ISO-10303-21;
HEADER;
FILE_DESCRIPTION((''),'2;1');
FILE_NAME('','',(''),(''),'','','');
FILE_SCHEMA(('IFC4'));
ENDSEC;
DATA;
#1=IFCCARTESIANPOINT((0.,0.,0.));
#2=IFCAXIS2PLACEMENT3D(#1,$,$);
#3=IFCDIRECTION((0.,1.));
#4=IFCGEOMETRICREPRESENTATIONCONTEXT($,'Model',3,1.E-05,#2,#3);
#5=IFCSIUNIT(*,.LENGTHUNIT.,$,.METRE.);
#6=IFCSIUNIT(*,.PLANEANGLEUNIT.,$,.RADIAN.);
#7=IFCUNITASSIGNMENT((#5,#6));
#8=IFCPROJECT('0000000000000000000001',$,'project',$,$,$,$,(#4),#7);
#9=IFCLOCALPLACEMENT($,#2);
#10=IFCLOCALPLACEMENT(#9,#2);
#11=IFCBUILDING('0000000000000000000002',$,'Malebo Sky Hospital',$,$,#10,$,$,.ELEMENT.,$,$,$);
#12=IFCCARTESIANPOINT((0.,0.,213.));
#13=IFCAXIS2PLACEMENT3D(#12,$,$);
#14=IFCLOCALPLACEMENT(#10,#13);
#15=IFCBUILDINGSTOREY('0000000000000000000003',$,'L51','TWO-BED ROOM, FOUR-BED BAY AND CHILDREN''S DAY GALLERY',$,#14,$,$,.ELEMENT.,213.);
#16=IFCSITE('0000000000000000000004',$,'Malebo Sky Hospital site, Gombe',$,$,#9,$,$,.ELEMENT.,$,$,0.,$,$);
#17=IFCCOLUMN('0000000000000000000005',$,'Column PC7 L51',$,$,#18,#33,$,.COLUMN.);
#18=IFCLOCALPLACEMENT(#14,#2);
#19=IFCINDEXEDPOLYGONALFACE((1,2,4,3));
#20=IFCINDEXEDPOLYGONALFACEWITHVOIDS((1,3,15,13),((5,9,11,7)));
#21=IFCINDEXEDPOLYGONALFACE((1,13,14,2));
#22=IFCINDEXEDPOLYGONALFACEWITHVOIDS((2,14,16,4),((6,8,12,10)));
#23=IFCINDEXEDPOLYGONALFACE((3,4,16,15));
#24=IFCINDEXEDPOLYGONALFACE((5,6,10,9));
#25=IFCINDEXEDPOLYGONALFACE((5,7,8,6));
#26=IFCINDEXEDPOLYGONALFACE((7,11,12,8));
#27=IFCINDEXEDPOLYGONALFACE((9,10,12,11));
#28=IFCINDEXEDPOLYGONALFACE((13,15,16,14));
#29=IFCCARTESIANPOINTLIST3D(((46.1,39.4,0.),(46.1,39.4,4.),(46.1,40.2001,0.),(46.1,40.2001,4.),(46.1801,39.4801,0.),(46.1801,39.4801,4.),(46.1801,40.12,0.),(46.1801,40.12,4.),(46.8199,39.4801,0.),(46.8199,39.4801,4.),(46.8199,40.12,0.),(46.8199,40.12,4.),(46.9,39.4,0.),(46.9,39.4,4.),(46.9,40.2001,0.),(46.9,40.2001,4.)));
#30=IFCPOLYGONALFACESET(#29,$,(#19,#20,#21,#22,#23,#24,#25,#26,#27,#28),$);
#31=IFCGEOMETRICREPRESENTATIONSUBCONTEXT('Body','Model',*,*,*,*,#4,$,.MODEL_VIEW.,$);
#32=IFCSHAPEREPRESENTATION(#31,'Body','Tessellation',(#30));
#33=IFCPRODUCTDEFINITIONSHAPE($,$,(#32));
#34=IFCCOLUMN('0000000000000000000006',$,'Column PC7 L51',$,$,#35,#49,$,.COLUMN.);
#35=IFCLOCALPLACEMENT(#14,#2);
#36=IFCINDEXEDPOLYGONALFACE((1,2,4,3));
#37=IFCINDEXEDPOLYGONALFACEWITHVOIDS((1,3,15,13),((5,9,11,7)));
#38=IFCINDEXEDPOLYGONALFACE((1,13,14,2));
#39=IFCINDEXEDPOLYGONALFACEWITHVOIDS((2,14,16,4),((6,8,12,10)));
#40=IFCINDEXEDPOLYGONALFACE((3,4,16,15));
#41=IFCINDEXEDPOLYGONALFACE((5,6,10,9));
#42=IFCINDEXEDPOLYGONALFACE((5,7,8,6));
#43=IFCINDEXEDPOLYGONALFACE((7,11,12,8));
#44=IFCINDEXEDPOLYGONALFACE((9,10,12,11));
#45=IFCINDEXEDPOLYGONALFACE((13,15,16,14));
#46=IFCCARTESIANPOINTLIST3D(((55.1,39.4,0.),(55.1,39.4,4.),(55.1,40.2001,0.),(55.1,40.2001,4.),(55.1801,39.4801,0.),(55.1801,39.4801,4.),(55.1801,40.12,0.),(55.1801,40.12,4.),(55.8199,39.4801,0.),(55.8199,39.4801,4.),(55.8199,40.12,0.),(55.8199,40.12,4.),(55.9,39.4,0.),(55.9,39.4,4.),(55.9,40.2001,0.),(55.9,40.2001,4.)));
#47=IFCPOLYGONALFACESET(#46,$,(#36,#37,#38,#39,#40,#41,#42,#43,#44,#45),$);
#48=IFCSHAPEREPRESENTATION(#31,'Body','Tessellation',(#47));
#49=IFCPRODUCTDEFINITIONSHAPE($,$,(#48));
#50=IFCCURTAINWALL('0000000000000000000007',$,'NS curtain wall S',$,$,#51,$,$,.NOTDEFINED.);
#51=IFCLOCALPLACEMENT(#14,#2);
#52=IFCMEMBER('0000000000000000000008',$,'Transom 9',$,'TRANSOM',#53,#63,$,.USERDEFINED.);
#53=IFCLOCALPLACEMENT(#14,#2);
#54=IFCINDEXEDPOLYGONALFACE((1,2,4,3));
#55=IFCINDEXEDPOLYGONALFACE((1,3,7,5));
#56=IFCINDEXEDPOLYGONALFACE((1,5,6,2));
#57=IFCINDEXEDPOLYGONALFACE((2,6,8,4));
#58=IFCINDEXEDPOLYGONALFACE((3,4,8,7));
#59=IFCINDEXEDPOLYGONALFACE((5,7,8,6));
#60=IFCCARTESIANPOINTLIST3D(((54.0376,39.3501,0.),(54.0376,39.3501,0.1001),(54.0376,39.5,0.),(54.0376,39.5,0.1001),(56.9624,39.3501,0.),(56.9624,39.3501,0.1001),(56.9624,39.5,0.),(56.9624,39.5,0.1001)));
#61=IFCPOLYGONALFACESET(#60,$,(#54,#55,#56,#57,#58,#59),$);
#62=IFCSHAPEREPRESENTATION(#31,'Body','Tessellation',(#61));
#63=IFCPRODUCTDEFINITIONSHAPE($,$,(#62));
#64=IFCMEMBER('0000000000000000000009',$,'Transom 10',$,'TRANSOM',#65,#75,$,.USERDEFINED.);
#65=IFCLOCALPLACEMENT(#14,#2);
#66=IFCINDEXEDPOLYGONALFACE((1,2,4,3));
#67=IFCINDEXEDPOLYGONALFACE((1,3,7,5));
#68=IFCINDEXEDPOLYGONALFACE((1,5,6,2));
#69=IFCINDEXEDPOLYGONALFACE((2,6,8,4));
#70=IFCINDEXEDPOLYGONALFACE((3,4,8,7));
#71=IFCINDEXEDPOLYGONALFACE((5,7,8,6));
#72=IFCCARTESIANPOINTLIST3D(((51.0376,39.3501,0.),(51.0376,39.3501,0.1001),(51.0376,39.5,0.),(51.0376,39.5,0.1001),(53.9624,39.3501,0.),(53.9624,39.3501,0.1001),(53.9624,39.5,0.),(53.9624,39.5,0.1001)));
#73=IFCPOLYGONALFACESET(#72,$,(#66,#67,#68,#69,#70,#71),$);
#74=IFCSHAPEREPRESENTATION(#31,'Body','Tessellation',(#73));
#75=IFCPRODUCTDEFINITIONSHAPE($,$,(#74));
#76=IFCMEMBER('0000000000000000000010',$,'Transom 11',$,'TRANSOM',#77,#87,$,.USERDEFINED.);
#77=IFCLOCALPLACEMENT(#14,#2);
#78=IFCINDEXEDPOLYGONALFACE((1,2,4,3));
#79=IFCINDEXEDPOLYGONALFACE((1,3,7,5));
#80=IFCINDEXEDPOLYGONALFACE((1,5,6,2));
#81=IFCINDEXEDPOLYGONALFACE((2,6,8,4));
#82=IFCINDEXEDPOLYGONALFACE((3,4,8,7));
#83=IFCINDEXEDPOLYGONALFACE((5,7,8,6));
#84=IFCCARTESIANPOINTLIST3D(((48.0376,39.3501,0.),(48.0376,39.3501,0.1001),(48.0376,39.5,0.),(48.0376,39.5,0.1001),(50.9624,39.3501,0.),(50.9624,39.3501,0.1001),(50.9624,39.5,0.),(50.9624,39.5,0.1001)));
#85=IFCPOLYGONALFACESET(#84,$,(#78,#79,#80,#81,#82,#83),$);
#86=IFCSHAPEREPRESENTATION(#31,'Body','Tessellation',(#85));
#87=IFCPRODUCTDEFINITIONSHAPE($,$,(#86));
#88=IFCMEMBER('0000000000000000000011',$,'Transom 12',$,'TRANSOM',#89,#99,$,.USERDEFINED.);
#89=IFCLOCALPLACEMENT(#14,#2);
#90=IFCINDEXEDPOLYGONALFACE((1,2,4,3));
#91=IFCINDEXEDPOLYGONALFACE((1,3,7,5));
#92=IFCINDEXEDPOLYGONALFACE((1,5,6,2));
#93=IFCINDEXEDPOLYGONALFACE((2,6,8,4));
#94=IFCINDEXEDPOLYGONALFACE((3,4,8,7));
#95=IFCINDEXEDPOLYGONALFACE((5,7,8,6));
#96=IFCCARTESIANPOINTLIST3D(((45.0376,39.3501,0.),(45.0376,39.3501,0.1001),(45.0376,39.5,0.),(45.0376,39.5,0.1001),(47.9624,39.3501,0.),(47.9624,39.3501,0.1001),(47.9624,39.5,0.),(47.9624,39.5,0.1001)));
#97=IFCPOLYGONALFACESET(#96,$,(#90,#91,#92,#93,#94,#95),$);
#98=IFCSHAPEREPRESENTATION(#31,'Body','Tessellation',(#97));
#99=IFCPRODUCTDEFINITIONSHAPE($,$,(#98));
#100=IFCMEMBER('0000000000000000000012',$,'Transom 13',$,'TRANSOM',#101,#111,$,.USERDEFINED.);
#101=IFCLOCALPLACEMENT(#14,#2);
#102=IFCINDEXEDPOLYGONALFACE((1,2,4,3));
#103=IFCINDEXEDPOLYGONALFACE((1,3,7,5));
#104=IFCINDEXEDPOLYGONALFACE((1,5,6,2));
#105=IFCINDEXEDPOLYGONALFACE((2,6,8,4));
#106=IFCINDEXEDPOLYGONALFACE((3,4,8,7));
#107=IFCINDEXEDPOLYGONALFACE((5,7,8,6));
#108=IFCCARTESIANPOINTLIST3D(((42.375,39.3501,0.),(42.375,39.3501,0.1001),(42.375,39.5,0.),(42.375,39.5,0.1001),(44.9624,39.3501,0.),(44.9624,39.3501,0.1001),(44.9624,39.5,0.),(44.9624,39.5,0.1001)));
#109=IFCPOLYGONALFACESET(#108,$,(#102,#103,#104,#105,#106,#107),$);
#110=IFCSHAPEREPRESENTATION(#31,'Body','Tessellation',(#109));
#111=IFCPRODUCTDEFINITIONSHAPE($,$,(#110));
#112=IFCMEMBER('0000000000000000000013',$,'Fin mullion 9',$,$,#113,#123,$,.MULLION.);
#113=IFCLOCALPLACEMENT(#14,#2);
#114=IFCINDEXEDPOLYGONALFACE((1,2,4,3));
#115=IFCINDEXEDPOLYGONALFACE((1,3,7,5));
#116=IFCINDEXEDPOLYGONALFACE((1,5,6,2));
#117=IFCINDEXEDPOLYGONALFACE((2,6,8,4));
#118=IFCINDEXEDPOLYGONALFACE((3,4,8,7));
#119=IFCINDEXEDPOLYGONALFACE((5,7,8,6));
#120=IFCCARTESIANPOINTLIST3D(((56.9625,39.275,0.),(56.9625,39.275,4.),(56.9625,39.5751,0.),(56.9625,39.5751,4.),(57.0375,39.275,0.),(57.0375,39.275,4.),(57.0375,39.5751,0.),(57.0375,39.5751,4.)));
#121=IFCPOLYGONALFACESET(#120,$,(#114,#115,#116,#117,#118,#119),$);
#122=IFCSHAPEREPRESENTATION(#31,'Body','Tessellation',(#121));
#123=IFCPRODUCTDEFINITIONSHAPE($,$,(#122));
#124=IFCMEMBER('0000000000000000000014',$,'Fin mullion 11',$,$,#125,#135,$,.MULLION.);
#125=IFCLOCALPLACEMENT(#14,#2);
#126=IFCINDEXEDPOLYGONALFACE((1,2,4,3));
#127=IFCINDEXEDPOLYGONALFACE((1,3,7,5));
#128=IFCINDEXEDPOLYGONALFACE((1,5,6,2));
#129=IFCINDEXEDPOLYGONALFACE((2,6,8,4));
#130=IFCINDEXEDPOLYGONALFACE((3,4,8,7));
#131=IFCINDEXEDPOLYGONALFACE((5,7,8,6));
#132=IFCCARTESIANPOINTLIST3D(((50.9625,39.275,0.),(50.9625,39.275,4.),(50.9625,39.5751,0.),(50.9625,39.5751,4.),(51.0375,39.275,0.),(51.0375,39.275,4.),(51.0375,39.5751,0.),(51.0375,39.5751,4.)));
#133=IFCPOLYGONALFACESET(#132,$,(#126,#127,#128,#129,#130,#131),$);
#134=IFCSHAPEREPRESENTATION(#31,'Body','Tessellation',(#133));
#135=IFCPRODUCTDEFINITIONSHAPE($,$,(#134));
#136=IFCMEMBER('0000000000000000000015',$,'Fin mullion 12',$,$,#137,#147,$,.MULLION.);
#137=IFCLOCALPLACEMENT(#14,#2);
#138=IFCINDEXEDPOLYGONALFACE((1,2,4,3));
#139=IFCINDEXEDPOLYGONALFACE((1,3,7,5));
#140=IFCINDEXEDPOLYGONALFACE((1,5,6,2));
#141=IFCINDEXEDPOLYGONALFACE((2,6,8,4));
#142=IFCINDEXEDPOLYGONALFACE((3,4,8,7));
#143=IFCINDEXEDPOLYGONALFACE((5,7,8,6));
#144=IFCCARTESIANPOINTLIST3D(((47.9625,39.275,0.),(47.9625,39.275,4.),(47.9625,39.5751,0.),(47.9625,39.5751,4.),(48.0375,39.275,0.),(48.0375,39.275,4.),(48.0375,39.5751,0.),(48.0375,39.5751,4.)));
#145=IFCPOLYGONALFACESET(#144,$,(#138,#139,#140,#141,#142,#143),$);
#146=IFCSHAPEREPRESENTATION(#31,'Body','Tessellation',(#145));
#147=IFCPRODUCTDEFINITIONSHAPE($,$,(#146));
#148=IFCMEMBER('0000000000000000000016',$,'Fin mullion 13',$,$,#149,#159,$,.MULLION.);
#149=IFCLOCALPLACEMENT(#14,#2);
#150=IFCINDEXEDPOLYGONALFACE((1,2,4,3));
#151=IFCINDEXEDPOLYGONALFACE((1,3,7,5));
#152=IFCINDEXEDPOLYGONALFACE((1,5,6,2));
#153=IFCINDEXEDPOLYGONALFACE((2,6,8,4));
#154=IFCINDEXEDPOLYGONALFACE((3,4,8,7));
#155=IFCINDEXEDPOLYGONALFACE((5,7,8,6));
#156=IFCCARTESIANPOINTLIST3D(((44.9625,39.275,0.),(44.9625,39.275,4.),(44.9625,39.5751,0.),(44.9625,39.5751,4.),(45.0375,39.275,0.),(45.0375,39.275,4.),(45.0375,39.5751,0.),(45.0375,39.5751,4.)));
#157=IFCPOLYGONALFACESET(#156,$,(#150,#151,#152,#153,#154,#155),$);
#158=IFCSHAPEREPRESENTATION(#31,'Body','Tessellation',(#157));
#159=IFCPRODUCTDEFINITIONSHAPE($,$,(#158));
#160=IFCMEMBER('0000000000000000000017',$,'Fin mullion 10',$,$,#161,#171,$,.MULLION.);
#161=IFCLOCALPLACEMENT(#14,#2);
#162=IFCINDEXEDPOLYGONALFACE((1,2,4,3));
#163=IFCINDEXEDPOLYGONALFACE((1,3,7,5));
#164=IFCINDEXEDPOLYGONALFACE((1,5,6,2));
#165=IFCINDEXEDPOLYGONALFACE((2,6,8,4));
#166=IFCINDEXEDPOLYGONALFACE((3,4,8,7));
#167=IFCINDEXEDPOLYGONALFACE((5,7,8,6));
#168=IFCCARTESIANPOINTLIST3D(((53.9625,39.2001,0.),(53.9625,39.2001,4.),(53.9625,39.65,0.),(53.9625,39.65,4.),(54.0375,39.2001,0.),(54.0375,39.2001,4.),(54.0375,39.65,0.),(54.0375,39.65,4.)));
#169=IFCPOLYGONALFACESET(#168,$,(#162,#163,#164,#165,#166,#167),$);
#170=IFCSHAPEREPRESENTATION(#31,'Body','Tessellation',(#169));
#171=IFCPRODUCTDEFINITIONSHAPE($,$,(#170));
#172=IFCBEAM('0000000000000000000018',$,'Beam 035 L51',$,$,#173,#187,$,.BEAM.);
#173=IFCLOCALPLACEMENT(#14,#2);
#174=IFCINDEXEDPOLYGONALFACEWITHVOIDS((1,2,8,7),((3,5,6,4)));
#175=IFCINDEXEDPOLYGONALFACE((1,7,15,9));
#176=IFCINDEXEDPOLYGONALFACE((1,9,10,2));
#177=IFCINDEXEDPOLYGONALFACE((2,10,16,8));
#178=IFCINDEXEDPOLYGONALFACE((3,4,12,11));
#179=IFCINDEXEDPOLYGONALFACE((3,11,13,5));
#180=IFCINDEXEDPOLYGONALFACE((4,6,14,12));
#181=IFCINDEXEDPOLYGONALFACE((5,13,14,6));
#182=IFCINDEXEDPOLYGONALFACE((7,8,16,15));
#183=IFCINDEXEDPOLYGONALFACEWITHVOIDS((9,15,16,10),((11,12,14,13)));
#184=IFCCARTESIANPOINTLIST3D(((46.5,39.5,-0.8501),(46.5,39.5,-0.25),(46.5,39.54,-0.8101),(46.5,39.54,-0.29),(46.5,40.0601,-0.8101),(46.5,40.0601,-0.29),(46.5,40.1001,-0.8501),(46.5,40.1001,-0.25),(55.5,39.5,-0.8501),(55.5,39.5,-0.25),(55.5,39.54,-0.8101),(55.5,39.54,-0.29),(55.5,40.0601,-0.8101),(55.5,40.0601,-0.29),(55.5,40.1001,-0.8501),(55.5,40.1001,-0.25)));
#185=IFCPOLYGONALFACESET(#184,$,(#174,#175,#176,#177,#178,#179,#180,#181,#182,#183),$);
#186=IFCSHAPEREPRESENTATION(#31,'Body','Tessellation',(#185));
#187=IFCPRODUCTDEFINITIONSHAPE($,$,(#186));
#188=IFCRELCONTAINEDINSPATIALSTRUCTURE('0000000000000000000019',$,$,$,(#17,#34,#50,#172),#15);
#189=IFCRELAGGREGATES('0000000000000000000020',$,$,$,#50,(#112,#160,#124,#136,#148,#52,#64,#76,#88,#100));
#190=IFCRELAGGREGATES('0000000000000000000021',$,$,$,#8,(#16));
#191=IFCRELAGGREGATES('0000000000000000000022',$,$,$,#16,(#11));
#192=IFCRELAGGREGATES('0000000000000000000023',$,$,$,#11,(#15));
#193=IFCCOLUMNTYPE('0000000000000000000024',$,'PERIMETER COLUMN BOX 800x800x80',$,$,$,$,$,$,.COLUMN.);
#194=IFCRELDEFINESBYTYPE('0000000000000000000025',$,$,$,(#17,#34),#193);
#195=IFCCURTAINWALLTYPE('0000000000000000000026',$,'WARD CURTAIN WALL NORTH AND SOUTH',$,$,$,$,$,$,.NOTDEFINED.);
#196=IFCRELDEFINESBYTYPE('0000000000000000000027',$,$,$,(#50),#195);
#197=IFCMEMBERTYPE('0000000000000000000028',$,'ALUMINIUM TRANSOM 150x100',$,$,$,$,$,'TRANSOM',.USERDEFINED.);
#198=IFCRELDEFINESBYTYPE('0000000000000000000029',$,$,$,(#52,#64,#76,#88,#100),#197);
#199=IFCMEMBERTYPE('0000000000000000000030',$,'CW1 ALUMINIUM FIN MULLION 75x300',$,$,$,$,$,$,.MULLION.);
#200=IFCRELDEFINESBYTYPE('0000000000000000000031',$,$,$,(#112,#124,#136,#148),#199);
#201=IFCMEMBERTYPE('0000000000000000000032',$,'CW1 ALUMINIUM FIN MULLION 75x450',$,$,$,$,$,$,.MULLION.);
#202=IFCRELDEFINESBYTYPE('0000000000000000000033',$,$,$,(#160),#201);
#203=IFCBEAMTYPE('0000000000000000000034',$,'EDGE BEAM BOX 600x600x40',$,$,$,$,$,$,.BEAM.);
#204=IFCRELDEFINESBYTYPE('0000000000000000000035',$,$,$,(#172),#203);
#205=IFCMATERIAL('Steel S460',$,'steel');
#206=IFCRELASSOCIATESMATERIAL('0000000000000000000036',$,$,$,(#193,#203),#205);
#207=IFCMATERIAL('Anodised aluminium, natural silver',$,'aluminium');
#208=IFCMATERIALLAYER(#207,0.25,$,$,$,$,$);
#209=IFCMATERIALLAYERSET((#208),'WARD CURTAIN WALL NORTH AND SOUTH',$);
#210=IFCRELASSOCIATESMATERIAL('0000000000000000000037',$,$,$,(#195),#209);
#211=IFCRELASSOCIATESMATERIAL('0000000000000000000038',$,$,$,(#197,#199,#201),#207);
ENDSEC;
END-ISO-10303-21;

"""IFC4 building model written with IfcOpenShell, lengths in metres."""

from ifc_helpers import new_model, si_unit, direction, frame, origin, origin_2d, place, context, subcontext, project, spatial, rectangle, hollow_rectangle, extrude, material, layer, layer_set, material_profile, profile_set, type_object, element, aggregate, save


model = new_model("IFC4")

# Units and contexts
model_context = context("Model", 3, precision=1e-05, world=origin(), true_north=direction((0.0, 1.0)))
body_context = subcontext(model_context, "Body", "Model", "MODEL_VIEW")
ifc_project = project(units=[si_unit("LENGTHUNIT", "METRE"), si_unit("PLANEANGLEUNIT", "RADIAN")], contexts=[model_context])

# Site, building, storey
site_placement = place(None, origin())
site = spatial("IfcSite", under=ifc_project, at=site_placement, Name="Malebo Sky Hospital site, Gombe", CompositionType="ELEMENT", RefElevation=0.0)
building_placement = place(site_placement, origin())
building = spatial("IfcBuilding", under=site, at=building_placement, Name="Malebo Sky Hospital", CompositionType="ELEMENT")
storey_placement = place(building_placement, frame((0.0, 0.0, 213.0)))
storey = spatial("IfcBuildingStorey", under=building, at=storey_placement, Name="L51", Description="TWO-BED ROOM, FOUR-BED BAY AND CHILDREN'S DAY GALLERY", CompositionType="ELEMENT", Elevation=213.0)

# Columns
ifc_material_1 = material(Name="Steel S460", Category="steel")
ifc_material_profile_1 = material_profile(ifc_material_1, hollow_rectangle(XDim=0.8, YDim=0.8, WallThickness=0.0801, at=origin_2d()), Name="BOX 800x800x80")
ifc_profile_set_1 = profile_set([ifc_material_profile_1], Name="Steel S460")
column_type = type_object("IfcColumnType", Name="PERIMETER COLUMN BOX 800x800x80", PredefinedType="COLUMN", material=ifc_profile_set_1)
for number, where, z_axis, x_axis, name in (
    (1, (46.5, 39.8, 0.0), (0.0, 0.0, 1.0), (1.0, 0.0, 0.0), "Column PC7 L51"),
    (2, (55.5, 39.8, 0.0), (0.0, 0.0, 1.0), (1.0, 0.0, 0.0), "Column PC7 L51"),
):
    element("IfcColumn", number, at=place(storey_placement, frame(where, z_axis=z_axis, x_axis=x_axis)), inside=storey, type_object=column_type, Name=name, PredefinedType="COLUMN", context=body_context, shape_type="SweptSolid", body=[
        extrude(hollow_rectangle(XDim=0.8, YDim=0.8, WallThickness=0.0801, at=origin_2d()), origin(), (0.0, 0.0, 1.0), 4.0),
    ])

# Curtain wall, members
ifc_material_2 = material(Name="Anodised aluminium, natural silver", Category="aluminium")
ifc_layer_1 = layer(ifc_material_2, 0.25)
ifc_layer_set_1 = layer_set([ifc_layer_1], Name="WARD CURTAIN WALL NORTH AND SOUTH")
curtain_wall_type = type_object("IfcCurtainWallType", Name="WARD CURTAIN WALL NORTH AND SOUTH", PredefinedType="NOTDEFINED", material=ifc_layer_set_1)
curtain_wall_placement = place(storey_placement, origin())
curtain_wall = element("IfcCurtainWall", 3, at=curtain_wall_placement, inside=storey, type_object=curtain_wall_type, Name="NS curtain wall S", PredefinedType="NOTDEFINED")
ifc_material_profile_2 = material_profile(ifc_material_2, rectangle(XDim=0.1499, YDim=0.1001, at=origin_2d()), Name="ALUMINIUM TRANSOM 150x100")
ifc_profile_set_2 = profile_set([ifc_material_profile_2], Name="Anodised aluminium, natural silver")
member_type_1 = type_object("IfcMemberType", Name="ALUMINIUM TRANSOM 150x100", ElementType="TRANSOM", PredefinedType="USERDEFINED", material=ifc_profile_set_2)
member_1_placement = place(storey_placement, frame((56.9624, 39.425, 0.05), z_axis=(-1.0, 0.0, 0.0), x_axis=(0.0, -1.0, 0.0)))
member_1 = element("IfcMember", 4, at=member_1_placement, type_object=member_type_1, Name="Transom 9", ObjectType="TRANSOM", PredefinedType="USERDEFINED", context=body_context, shape_type="SweptSolid", body=[
    extrude(rectangle(XDim=0.1499, YDim=0.1001, at=origin_2d()), origin(), (0.0, 0.0, 1.0), 2.9248),
])
member_2_placement = place(storey_placement, frame((53.9624, 39.425, 0.05), z_axis=(-1.0, 0.0, 0.0), x_axis=(0.0, -1.0, 0.0)))
member_2 = element("IfcMember", 5, at=member_2_placement, type_object=member_type_1, Name="Transom 10", ObjectType="TRANSOM", PredefinedType="USERDEFINED", context=body_context, shape_type="SweptSolid", body=[
    extrude(rectangle(XDim=0.1499, YDim=0.1001, at=origin_2d()), origin(), (0.0, 0.0, 1.0), 2.9248),
])
member_3_placement = place(storey_placement, frame((50.9624, 39.425, 0.05), z_axis=(-1.0, 0.0, 0.0), x_axis=(0.0, -1.0, 0.0)))
member_3 = element("IfcMember", 6, at=member_3_placement, type_object=member_type_1, Name="Transom 11", ObjectType="TRANSOM", PredefinedType="USERDEFINED", context=body_context, shape_type="SweptSolid", body=[
    extrude(rectangle(XDim=0.1499, YDim=0.1001, at=origin_2d()), origin(), (0.0, 0.0, 1.0), 2.9248),
])
member_4_placement = place(storey_placement, frame((47.9624, 39.425, 0.05), z_axis=(-1.0, 0.0, 0.0), x_axis=(0.0, -1.0, 0.0)))
member_4 = element("IfcMember", 7, at=member_4_placement, type_object=member_type_1, Name="Transom 12", ObjectType="TRANSOM", PredefinedType="USERDEFINED", context=body_context, shape_type="SweptSolid", body=[
    extrude(rectangle(XDim=0.1499, YDim=0.1001, at=origin_2d()), origin(), (0.0, 0.0, 1.0), 2.9248),
])
member_5_placement = place(storey_placement, frame((44.9624, 39.425, 0.05), z_axis=(-1.0, 0.0, 0.0), x_axis=(0.0, -1.0, 0.0)))
member_5 = element("IfcMember", 8, at=member_5_placement, type_object=member_type_1, Name="Transom 13", ObjectType="TRANSOM", PredefinedType="USERDEFINED", context=body_context, shape_type="SweptSolid", body=[
    extrude(rectangle(XDim=0.1499, YDim=0.1001, at=origin_2d()), origin(), (0.0, 0.0, 1.0), 2.5874),
])
ifc_material_profile_3 = material_profile(ifc_material_2, rectangle(XDim=0.075, YDim=0.3, at=origin_2d()), Name="CW1 ALUMINIUM FIN MULLION 75x300")
ifc_profile_set_3 = profile_set([ifc_material_profile_3], Name="Anodised aluminium, natural silver")
member_type_2 = type_object("IfcMemberType", Name="CW1 ALUMINIUM FIN MULLION 75x300", PredefinedType="MULLION", material=ifc_profile_set_3)
member_6_placement = place(storey_placement, frame((57.0, 39.425, 0.0), z_axis=(0.0, 0.0, 1.0), x_axis=(-1.0, 0.0, 0.0)))
member_6 = element("IfcMember", 9, at=member_6_placement, type_object=member_type_2, Name="Fin mullion 9", PredefinedType="MULLION", context=body_context, shape_type="SweptSolid", body=[
    extrude(rectangle(XDim=0.075, YDim=0.3, at=origin_2d()), origin(), (0.0, 0.0, 1.0), 4.0),
])
member_7_placement = place(storey_placement, frame((51.0, 39.425, 0.0), z_axis=(0.0, 0.0, 1.0), x_axis=(-1.0, 0.0, 0.0)))
member_7 = element("IfcMember", 10, at=member_7_placement, type_object=member_type_2, Name="Fin mullion 11", PredefinedType="MULLION", context=body_context, shape_type="SweptSolid", body=[
    extrude(rectangle(XDim=0.075, YDim=0.3, at=origin_2d()), origin(), (0.0, 0.0, 1.0), 4.0),
])
member_8_placement = place(storey_placement, frame((48.0, 39.425, 0.0), z_axis=(0.0, 0.0, 1.0), x_axis=(-1.0, 0.0, 0.0)))
member_8 = element("IfcMember", 11, at=member_8_placement, type_object=member_type_2, Name="Fin mullion 12", PredefinedType="MULLION", context=body_context, shape_type="SweptSolid", body=[
    extrude(rectangle(XDim=0.075, YDim=0.3, at=origin_2d()), origin(), (0.0, 0.0, 1.0), 4.0),
])
member_9_placement = place(storey_placement, frame((45.0, 39.425, 0.0), z_axis=(0.0, 0.0, 1.0), x_axis=(-1.0, 0.0, 0.0)))
member_9 = element("IfcMember", 12, at=member_9_placement, type_object=member_type_2, Name="Fin mullion 13", PredefinedType="MULLION", context=body_context, shape_type="SweptSolid", body=[
    extrude(rectangle(XDim=0.075, YDim=0.3, at=origin_2d()), origin(), (0.0, 0.0, 1.0), 4.0),
])
ifc_material_profile_4 = material_profile(ifc_material_2, rectangle(XDim=0.075, YDim=0.45, at=origin_2d()), Name="CW1 ALUMINIUM FIN MULLION 75x450")
ifc_profile_set_4 = profile_set([ifc_material_profile_4], Name="Anodised aluminium, natural silver")
member_type_3 = type_object("IfcMemberType", Name="CW1 ALUMINIUM FIN MULLION 75x450", PredefinedType="MULLION", material=ifc_profile_set_4)
member_10_placement = place(storey_placement, frame((54.0, 39.425, 0.0), z_axis=(0.0, 0.0, 1.0), x_axis=(-1.0, 0.0, 0.0)))
member_10 = element("IfcMember", 13, at=member_10_placement, type_object=member_type_3, Name="Fin mullion 10", PredefinedType="MULLION", context=body_context, shape_type="SweptSolid", body=[
    extrude(rectangle(XDim=0.075, YDim=0.45, at=origin_2d()), origin(), (0.0, 0.0, 1.0), 4.0),
])

# Beam
ifc_material_profile_5 = material_profile(ifc_material_1, hollow_rectangle(XDim=0.6001, YDim=0.6001, WallThickness=0.04, at=origin_2d()), Name="BOX 600x600x40")
ifc_profile_set_5 = profile_set([ifc_material_profile_5], Name="Steel S460")
beam_type_1 = type_object("IfcBeamType", Name="EDGE BEAM BOX 600x600x40", PredefinedType="BEAM", material=ifc_profile_set_5)
for number, where, z_axis, x_axis, name in (
    (14, (46.5, 39.8, -0.55), (1.0, 0.0, 0.0), (0.0, 1.0, 0.0), "Beam 035 L51"),
):
    element("IfcBeam", number, at=place(storey_placement, frame(where, z_axis=z_axis, x_axis=x_axis)), inside=storey, type_object=beam_type_1, Name=name, PredefinedType="BEAM", context=body_context, shape_type="SweptSolid", body=[
        extrude(hollow_rectangle(XDim=0.6001, YDim=0.6001, WallThickness=0.04, at=origin_2d()), origin(), (0.0, 0.0, 1.0), 9.0),
    ])

aggregate(curtain_wall, [member_6, member_10, member_7, member_8, member_9, member_1, member_2, member_3, member_4, member_5])

save(model, "model.ifc")
